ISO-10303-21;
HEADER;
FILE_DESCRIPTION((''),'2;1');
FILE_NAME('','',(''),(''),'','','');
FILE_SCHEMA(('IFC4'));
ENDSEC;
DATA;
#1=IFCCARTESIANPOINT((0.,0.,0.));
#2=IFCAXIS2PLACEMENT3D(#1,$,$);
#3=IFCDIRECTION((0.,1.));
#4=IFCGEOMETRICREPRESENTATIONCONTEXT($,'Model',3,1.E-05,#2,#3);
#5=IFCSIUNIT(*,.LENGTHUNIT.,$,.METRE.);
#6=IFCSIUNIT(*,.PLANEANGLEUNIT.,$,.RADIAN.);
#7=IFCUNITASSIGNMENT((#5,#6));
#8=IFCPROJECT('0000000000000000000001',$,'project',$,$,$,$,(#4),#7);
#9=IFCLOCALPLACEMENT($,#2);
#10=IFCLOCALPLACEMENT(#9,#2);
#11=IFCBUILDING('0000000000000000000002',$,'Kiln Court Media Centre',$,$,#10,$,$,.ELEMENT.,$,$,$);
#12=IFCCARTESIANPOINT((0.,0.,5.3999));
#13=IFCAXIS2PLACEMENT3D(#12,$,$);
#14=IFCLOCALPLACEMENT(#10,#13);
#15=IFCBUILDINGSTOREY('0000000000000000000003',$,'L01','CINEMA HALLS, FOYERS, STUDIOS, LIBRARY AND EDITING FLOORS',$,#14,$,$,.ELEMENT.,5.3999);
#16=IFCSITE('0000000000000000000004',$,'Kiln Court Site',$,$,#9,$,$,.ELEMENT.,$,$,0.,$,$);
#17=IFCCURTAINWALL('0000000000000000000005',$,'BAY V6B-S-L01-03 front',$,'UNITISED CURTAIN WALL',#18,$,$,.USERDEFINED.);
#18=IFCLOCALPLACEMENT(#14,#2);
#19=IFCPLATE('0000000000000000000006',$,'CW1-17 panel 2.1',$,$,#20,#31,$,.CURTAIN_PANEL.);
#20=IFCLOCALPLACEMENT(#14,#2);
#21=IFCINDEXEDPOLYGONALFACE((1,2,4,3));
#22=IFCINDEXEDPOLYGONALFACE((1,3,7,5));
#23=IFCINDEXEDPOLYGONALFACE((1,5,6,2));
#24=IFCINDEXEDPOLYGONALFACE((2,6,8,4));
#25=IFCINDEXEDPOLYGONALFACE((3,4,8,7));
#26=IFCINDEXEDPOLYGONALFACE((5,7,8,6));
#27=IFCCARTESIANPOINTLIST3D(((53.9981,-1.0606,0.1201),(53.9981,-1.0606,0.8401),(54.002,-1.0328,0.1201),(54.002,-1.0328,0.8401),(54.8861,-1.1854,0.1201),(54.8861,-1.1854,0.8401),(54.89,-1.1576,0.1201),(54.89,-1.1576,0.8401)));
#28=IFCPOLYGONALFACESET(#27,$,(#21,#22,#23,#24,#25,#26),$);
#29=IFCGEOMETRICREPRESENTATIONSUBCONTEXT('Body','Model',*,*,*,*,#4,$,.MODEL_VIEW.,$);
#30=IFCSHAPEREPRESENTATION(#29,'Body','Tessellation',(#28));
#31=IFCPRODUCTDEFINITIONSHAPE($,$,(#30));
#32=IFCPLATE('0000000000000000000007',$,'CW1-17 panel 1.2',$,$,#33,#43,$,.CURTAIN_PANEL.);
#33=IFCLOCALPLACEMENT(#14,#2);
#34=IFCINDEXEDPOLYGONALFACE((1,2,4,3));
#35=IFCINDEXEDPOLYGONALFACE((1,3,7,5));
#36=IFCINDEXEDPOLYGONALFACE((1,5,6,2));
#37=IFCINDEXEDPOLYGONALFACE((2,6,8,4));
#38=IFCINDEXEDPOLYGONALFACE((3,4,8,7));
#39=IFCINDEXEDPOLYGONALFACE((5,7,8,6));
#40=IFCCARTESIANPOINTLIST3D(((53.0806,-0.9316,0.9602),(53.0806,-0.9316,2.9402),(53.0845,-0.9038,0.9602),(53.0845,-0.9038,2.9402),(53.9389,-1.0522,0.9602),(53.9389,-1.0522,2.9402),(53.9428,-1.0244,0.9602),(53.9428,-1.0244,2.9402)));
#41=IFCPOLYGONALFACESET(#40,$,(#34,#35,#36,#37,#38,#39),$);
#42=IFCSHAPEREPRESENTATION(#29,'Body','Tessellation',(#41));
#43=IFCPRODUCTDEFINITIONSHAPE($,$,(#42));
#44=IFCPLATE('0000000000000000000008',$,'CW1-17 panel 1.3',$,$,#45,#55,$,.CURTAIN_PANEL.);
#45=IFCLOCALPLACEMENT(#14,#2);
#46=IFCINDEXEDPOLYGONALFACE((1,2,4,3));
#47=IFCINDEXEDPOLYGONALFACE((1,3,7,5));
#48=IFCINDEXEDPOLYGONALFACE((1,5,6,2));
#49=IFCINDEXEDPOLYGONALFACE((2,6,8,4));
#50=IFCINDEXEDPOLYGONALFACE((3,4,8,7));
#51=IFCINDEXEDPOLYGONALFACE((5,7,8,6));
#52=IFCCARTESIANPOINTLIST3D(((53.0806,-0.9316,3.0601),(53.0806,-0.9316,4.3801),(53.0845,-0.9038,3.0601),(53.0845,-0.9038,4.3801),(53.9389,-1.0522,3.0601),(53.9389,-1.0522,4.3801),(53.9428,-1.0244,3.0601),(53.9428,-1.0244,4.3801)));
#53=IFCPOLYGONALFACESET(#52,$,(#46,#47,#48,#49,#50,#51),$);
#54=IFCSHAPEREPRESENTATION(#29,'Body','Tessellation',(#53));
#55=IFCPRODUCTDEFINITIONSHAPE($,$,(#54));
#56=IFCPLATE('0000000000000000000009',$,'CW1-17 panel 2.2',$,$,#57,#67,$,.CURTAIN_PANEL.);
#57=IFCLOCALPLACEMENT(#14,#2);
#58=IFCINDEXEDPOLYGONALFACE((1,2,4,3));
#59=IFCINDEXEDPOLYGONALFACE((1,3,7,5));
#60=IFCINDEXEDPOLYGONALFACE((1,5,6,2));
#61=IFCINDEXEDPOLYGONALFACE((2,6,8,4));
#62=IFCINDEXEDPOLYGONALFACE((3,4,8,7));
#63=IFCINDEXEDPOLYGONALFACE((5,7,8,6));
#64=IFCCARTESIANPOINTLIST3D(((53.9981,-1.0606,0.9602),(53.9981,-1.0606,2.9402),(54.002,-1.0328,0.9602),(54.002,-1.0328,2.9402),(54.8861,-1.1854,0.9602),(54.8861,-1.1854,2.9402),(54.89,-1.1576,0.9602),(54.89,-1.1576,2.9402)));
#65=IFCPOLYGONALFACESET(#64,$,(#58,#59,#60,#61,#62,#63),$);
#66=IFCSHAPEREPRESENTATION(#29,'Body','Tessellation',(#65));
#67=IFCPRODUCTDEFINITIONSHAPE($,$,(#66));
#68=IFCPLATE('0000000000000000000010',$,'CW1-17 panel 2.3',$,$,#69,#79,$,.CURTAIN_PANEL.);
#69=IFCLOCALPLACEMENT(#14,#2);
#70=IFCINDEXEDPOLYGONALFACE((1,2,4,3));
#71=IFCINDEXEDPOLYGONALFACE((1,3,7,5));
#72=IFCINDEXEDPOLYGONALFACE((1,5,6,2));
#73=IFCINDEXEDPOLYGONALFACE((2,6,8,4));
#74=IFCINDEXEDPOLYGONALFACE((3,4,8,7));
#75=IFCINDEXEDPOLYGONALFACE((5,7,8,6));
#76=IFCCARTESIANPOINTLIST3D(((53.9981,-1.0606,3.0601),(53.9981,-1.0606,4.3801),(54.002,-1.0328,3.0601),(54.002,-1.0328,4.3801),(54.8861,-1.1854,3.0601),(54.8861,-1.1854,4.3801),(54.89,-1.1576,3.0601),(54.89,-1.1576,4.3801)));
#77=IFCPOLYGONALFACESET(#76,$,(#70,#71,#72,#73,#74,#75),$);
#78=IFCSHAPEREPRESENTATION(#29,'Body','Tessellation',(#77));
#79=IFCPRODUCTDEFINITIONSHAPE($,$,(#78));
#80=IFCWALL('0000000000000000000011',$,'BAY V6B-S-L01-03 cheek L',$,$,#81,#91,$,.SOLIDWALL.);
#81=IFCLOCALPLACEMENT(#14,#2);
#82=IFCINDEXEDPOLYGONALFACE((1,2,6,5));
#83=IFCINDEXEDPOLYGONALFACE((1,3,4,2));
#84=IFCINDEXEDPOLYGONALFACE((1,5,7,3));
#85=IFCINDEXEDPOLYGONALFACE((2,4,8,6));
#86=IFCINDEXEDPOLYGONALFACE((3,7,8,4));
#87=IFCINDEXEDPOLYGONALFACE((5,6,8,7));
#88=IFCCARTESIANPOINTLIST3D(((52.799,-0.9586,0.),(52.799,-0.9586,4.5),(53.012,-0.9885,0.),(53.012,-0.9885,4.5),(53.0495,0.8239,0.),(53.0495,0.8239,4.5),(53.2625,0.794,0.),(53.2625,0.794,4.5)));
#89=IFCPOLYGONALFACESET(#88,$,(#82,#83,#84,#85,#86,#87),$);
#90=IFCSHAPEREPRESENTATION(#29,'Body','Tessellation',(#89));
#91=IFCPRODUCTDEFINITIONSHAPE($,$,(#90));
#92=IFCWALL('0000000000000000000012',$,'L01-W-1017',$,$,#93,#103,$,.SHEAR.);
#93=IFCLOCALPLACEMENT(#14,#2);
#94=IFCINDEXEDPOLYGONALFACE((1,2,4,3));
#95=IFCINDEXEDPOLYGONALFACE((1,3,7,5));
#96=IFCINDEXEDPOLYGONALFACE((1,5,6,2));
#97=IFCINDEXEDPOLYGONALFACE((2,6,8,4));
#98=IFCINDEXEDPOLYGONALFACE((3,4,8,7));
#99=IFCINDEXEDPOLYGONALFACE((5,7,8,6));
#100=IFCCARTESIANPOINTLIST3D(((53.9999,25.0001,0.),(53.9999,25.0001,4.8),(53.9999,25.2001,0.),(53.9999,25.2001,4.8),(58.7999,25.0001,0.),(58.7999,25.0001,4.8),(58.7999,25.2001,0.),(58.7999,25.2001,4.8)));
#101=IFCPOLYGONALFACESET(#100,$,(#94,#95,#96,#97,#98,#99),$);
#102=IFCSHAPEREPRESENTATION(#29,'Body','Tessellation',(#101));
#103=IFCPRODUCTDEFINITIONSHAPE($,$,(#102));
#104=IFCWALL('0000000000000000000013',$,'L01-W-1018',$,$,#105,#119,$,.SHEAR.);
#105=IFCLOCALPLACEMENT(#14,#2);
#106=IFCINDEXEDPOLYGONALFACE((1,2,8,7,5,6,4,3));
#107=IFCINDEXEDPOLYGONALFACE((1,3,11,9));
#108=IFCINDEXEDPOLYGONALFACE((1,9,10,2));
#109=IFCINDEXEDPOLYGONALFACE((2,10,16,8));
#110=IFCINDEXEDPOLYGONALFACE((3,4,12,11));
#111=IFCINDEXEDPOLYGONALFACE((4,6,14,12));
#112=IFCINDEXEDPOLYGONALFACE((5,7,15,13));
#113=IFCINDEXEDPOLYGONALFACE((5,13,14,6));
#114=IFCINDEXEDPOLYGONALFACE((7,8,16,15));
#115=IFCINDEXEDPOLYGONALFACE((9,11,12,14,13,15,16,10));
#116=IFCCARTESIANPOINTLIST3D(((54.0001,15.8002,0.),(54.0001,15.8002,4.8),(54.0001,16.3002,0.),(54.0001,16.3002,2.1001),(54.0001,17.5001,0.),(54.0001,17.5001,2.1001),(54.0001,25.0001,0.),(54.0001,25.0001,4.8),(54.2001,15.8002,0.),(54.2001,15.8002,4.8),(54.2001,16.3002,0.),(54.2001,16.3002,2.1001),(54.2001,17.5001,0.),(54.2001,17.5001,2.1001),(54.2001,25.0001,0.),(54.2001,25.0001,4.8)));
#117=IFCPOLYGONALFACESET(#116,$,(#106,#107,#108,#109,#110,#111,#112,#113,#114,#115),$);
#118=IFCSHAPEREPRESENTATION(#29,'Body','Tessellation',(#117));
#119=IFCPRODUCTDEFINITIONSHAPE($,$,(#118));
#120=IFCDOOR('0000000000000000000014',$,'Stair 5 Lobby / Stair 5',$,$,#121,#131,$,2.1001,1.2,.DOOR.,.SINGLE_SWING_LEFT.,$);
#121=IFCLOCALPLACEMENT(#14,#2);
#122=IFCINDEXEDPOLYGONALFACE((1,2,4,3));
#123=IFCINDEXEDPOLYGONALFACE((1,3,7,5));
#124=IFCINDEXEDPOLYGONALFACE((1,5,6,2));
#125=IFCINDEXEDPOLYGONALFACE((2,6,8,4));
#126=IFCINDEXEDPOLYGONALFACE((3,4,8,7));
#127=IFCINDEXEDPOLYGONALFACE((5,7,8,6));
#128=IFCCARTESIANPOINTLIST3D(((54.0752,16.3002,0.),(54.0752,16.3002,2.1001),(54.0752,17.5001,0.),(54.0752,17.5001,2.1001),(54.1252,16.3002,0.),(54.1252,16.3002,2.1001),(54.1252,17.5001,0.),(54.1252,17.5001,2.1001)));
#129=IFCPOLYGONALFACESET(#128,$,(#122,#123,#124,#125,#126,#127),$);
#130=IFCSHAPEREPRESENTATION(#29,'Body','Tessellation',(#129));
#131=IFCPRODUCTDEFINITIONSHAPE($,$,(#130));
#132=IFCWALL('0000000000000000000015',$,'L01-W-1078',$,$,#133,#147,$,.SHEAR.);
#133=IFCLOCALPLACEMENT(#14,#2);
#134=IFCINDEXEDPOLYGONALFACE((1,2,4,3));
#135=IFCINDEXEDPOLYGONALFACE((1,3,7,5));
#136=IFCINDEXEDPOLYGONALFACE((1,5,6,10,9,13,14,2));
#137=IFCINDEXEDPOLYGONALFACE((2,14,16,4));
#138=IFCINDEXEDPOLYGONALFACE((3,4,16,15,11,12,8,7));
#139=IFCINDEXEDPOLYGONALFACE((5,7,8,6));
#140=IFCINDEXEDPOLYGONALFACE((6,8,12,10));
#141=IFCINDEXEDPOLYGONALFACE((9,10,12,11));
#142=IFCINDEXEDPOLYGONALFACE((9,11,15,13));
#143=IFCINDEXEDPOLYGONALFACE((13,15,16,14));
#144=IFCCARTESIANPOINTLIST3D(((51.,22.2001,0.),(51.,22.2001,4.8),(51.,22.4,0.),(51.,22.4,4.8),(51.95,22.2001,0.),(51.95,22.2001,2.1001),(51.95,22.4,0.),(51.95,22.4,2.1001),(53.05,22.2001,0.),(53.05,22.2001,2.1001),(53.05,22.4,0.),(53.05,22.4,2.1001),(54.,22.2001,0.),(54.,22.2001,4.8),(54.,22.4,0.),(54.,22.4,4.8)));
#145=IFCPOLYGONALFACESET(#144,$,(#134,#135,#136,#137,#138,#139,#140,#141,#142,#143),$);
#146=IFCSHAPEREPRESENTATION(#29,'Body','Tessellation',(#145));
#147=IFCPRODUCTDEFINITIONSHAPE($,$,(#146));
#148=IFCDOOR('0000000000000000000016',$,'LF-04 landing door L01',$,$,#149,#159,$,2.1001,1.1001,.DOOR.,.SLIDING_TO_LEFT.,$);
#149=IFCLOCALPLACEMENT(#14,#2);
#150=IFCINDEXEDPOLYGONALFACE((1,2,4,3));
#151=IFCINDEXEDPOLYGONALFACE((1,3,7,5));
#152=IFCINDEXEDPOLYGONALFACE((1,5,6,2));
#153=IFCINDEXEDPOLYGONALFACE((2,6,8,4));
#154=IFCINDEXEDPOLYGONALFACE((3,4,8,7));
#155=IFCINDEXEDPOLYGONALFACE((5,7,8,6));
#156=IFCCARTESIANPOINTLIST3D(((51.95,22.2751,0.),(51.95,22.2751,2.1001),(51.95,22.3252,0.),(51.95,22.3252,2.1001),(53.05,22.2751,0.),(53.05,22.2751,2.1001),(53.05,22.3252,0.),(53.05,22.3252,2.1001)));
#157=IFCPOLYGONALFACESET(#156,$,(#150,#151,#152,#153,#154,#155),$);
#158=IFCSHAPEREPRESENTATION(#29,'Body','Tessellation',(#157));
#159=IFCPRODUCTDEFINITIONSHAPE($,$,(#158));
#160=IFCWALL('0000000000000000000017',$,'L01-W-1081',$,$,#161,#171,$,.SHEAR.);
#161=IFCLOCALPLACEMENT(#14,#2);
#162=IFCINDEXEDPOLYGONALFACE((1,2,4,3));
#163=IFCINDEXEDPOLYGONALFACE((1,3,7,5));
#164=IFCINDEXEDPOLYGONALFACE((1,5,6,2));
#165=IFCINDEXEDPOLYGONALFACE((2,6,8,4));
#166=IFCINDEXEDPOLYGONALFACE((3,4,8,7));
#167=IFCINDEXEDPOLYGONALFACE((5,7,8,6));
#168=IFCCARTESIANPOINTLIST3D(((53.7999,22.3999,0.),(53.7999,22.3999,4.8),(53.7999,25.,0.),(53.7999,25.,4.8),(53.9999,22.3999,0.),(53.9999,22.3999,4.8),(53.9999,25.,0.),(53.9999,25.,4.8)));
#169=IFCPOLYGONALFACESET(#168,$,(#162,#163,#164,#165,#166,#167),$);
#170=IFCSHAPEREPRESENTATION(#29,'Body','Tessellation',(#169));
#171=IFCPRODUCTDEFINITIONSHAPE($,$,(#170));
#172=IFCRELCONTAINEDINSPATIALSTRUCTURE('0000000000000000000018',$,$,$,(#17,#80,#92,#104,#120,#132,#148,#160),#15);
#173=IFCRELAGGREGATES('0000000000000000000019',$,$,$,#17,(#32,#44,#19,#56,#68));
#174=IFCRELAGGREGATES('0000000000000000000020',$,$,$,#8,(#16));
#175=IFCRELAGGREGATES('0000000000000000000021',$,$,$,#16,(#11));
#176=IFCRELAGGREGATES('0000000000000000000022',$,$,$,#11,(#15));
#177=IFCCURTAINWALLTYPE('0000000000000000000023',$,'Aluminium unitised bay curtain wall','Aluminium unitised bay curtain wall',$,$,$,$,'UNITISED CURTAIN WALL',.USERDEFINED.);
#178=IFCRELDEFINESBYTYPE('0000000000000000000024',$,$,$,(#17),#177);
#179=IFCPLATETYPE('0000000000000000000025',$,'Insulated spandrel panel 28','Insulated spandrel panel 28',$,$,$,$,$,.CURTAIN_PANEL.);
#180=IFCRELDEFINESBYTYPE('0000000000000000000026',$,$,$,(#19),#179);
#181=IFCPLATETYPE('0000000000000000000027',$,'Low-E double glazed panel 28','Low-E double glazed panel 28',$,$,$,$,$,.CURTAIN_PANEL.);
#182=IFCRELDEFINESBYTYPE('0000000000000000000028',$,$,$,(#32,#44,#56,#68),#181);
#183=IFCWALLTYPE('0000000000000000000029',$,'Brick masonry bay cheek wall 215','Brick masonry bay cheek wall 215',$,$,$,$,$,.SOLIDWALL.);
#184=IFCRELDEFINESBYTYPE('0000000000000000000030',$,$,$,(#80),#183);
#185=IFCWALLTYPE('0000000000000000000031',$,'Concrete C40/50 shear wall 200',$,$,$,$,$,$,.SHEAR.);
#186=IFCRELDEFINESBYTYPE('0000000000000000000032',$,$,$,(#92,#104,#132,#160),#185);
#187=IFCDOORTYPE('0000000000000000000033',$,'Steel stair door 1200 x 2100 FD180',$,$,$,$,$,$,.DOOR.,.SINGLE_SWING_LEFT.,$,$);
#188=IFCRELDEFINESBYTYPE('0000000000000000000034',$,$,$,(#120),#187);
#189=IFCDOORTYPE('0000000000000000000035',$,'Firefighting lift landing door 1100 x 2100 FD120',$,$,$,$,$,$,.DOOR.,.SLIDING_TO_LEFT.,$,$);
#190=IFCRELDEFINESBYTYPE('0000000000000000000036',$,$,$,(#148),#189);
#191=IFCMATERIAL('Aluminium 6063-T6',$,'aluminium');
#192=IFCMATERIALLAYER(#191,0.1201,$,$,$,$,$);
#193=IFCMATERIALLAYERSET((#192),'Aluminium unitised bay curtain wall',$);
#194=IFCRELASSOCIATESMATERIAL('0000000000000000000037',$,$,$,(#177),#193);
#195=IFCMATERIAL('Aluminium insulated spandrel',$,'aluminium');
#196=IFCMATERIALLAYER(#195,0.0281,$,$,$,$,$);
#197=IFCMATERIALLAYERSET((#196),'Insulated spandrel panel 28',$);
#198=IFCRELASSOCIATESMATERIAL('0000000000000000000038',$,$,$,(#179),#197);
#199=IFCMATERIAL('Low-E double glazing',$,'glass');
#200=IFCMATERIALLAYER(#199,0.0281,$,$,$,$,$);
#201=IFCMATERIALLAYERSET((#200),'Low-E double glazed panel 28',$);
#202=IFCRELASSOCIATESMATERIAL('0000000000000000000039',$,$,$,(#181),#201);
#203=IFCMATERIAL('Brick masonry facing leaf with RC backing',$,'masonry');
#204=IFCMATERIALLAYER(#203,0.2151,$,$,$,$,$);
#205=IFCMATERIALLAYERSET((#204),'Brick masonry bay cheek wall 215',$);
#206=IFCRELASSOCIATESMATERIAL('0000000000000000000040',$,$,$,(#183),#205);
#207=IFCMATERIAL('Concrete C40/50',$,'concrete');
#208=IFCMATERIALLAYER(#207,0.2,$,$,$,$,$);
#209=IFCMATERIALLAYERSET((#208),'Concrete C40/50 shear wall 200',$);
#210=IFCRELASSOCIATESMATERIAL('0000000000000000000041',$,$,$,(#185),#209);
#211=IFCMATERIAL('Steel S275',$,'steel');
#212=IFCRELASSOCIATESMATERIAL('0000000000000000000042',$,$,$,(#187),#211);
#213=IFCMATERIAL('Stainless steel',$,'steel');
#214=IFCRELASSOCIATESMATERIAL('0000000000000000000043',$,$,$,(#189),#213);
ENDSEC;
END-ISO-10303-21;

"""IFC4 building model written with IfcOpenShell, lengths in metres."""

from ifc_helpers import new_model, si_unit, direction, frame, frame_2d, origin, origin_2d, place, context, subcontext, project, spatial, rectangle, extrude, material, layer, layer_set, type_object, element, fill, aggregate, save


model = new_model("IFC4")

# Units and contexts
model_context = context("Model", 3, precision=1e-05, world=origin(), true_north=direction((0.0, 1.0)))
body_context = subcontext(model_context, "Body", "Model", "MODEL_VIEW")
ifc_project = project(units=[si_unit("LENGTHUNIT", "METRE"), si_unit("PLANEANGLEUNIT", "RADIAN")], contexts=[model_context])

# Site, building, storey
site_placement = place(None, origin())
site = spatial("IfcSite", under=ifc_project, at=site_placement, Name="Kiln Court Site", CompositionType="ELEMENT", RefElevation=0.0)
building_placement = place(site_placement, origin())
building = spatial("IfcBuilding", under=site, at=building_placement, Name="Kiln Court Media Centre", CompositionType="ELEMENT")
storey_placement = place(building_placement, frame((0.0, 0.0, 5.3999)))
storey = spatial("IfcBuildingStorey", under=building, at=storey_placement, Name="L01", Description="CINEMA HALLS, FOYERS, STUDIOS, LIBRARY AND EDITING FLOORS", CompositionType="ELEMENT", Elevation=5.3999)

# Curtain wall
ifc_material_1 = material(Name="Aluminium 6063-T6", Category="aluminium")
ifc_layer_1 = layer(ifc_material_1, 0.1201)
ifc_layer_set_1 = layer_set([ifc_layer_1], Name="Aluminium unitised bay curtain wall")
curtain_wall_type = type_object("IfcCurtainWallType", Name="Aluminium unitised bay curtain wall", Description="Aluminium unitised bay curtain wall", ElementType="UNITISED CURTAIN WALL", PredefinedType="USERDEFINED", material=ifc_layer_set_1)
curtain_wall_placement = place(storey_placement, origin())
curtain_wall = element("IfcCurtainWall", 1, at=curtain_wall_placement, inside=storey, type_object=curtain_wall_type, Name="BAY V6B-S-L01-03 front", ObjectType="UNITISED CURTAIN WALL", PredefinedType="USERDEFINED")

# Plates
ifc_material_2 = material(Name="Aluminium insulated spandrel", Category="aluminium")
ifc_layer_2 = layer(ifc_material_2, 0.0281)
ifc_layer_set_2 = layer_set([ifc_layer_2], Name="Insulated spandrel panel 28")
plate_type_1 = type_object("IfcPlateType", Name="Insulated spandrel panel 28", Description="Insulated spandrel panel 28", PredefinedType="CURTAIN_PANEL", material=ifc_layer_set_2)
plate_1_placement = place(storey_placement, frame((54.4441, -1.1091, 0.1201), z_axis=(0.0, 0.0, 1.0), x_axis=(0.99027, -0.139162, 0.0)))
plate_1 = element("IfcPlate", 2, at=plate_1_placement, type_object=plate_type_1, Name="CW1-17 panel 2.1", PredefinedType="CURTAIN_PANEL", context=body_context, shape_type="SweptSolid", body=[
    extrude(rectangle(XDim=0.8967, YDim=0.0281, at=origin_2d()), origin(), (0.0, 0.0, 1.0), 0.72),
])
ifc_material_3 = material(Name="Low-E double glazing", Category="glass")
ifc_layer_3 = layer(ifc_material_3, 0.0281)
ifc_layer_set_3 = layer_set([ifc_layer_3], Name="Low-E double glazed panel 28")
plate_type_2 = type_object("IfcPlateType", Name="Low-E double glazed panel 28", Description="Low-E double glazed panel 28", PredefinedType="CURTAIN_PANEL", material=ifc_layer_set_3)
plate_2_placement = place(storey_placement, frame((53.5117, -0.978, 0.9602), z_axis=(0.0, 0.0, 1.0), x_axis=(0.99027, -0.139162, 0.0)))
plate_2 = element("IfcPlate", 3, at=plate_2_placement, type_object=plate_type_2, Name="CW1-17 panel 1.2", PredefinedType="CURTAIN_PANEL", context=body_context, shape_type="SweptSolid", body=[
    extrude(rectangle(XDim=0.8667, YDim=0.0281, at=origin_2d()), origin(), (0.0, 0.0, 1.0), 1.98),
])
plate_3_placement = place(storey_placement, frame((53.5117, -0.978, 3.0601), z_axis=(0.0, 0.0, 1.0), x_axis=(0.99027, -0.139162, 0.0)))
plate_3 = element("IfcPlate", 4, at=plate_3_placement, type_object=plate_type_2, Name="CW1-17 panel 1.3", PredefinedType="CURTAIN_PANEL", context=body_context, shape_type="SweptSolid", body=[
    extrude(rectangle(XDim=0.8667, YDim=0.0281, at=origin_2d()), origin(), (0.0, 0.0, 1.0), 1.3201),
])
plate_4_placement = place(storey_placement, frame((54.4441, -1.1091, 0.9602), z_axis=(0.0, 0.0, 1.0), x_axis=(0.99027, -0.139162, 0.0)))
plate_4 = element("IfcPlate", 5, at=plate_4_placement, type_object=plate_type_2, Name="CW1-17 panel 2.2", PredefinedType="CURTAIN_PANEL", context=body_context, shape_type="SweptSolid", body=[
    extrude(rectangle(XDim=0.8967, YDim=0.0281, at=origin_2d()), origin(), (0.0, 0.0, 1.0), 1.98),
])
plate_5_placement = place(storey_placement, frame((54.4441, -1.1091, 3.0601), z_axis=(0.0, 0.0, 1.0), x_axis=(0.99027, -0.139162, 0.0)))
plate_5 = element("IfcPlate", 6, at=plate_5_placement, type_object=plate_type_2, Name="CW1-17 panel 2.3", PredefinedType="CURTAIN_PANEL", context=body_context, shape_type="SweptSolid", body=[
    extrude(rectangle(XDim=0.8967, YDim=0.0281, at=origin_2d()), origin(), (0.0, 0.0, 1.0), 1.3201),
])
aggregate(curtain_wall, [plate_2, plate_3, plate_1, plate_4, plate_5])

# Walls
ifc_material_4 = material(Name="Brick masonry facing leaf with RC backing", Category="masonry")
ifc_layer_4 = layer(ifc_material_4, 0.2151)
ifc_layer_set_4 = layer_set([ifc_layer_4], Name="Brick masonry bay cheek wall 215")
wall_type_1 = type_object("IfcWallType", Name="Brick masonry bay cheek wall 215", Description="Brick masonry bay cheek wall 215", PredefinedType="SOLIDWALL", material=ifc_layer_set_4)
wall_1_placement = place(storey_placement, frame((53.156, 0.8088, 0.0), z_axis=(0.0, 0.0, 1.0), x_axis=(-0.139161, -0.99027, 0.0)))
element("IfcWall", 7, at=wall_1_placement, inside=storey, type_object=wall_type_1, Name="BAY V6B-S-L01-03 cheek L", PredefinedType="SOLIDWALL", context=body_context, shape_type="SweptSolid", body=[
    extrude(rectangle(XDim=1.8, YDim=0.2151, at=frame_2d((0.8999, 0.0))), origin(), (0.0, 0.0, 1.0), 4.5),
])
ifc_material_5 = material(Name="Concrete C40/50", Category="concrete")
ifc_layer_5 = layer(ifc_material_5, 0.2)
ifc_layer_set_5 = layer_set([ifc_layer_5], Name="Concrete C40/50 shear wall 200")
wall_type_2 = type_object("IfcWallType", Name="Concrete C40/50 shear wall 200", PredefinedType="SHEAR", material=ifc_layer_set_5)
wall_2_placement = place(storey_placement, frame((54.0, 25.1001, 0.0), z_axis=(0.0, 0.0, 1.0), x_axis=(1.0, 0.0, 0.0)))
element("IfcWall", 8, at=wall_2_placement, inside=storey, type_object=wall_type_2, Name="L01-W-1017", PredefinedType="SHEAR", context=body_context, shape_type="SweptSolid", body=[
    extrude(rectangle(XDim=4.8, YDim=0.2, at=frame_2d((2.3999, 0.0))), origin(), (0.0, 0.0, 1.0), 4.8),
])

# Walls, openings, doors
wall_3_placement = place(storey_placement, frame((54.1001, 15.8, 0.0), z_axis=(0.0, 0.0, 1.0), x_axis=(0.0, 1.0, 0.0)))
wall_3 = element("IfcWall", 9, at=wall_3_placement, inside=storey, type_object=wall_type_2, Name="L01-W-1018", PredefinedType="SHEAR", context=body_context, shape_type="SweptSolid", body=[
    extrude(rectangle(XDim=9.2, YDim=0.2, at=frame_2d((4.6001, 0.0))), origin(), (0.0, 0.0, 1.0), 4.8),
])
opening_1_placement = place(wall_3_placement, frame((0.5, 0.0, 0.0)))
opening_1 = element("IfcOpeningElement", 10, at=opening_1_placement, cuts=wall_3, PredefinedType="OPENING", context=body_context, shape_type="SweptSolid", body=[
    extrude(rectangle(XDim=1.2, YDim=2.1001, at=frame_2d((0.6001, 1.05))), frame((0.0, 0.1099, 0.0), z_axis=(0.0, -1.0, 0.0), x_axis=(1.0, 0.0, 0.0)), (0.0, 0.0, 1.0), 0.22),
])
ifc_material_6 = material(Name="Steel S275", Category="steel")
door_type_1 = type_object("IfcDoorType", Name="Steel stair door 1200 x 2100 FD180", OperationType="SINGLE_SWING_LEFT", PredefinedType="DOOR", material=ifc_material_6)
door_1_placement = place(opening_1_placement, origin())
door_1 = element("IfcDoor", 11, at=door_1_placement, inside=storey, type_object=door_type_1, Name="Stair 5 Lobby / Stair 5", OperationType="SINGLE_SWING_LEFT", OverallHeight=2.1001, OverallWidth=1.2, PredefinedType="DOOR", context=body_context, shape_type="SweptSolid", body=[
    extrude(rectangle(XDim=1.2, YDim=2.1001, at=frame_2d((0.6001, 1.05))), frame((0.0, 0.0249, 0.0), z_axis=(0.0, -1.0, 0.0), x_axis=(1.0, 0.0, 0.0)), (0.0, 0.0, 1.0), 0.05),
])
fill(opening_1, door_1)
wall_4_placement = place(storey_placement, frame((54.0, 22.3, 0.0), z_axis=(0.0, 0.0, 1.0), x_axis=(-1.0, 0.0, 0.0)))
wall_4 = element("IfcWall", 12, at=wall_4_placement, inside=storey, type_object=wall_type_2, Name="L01-W-1078", PredefinedType="SHEAR", context=body_context, shape_type="SweptSolid", body=[
    extrude(rectangle(XDim=3.0, YDim=0.2, at=frame_2d((1.5, 0.0))), origin(), (0.0, 0.0, 1.0), 4.8),
])
opening_2_placement = place(wall_4_placement, frame((0.95, 0.0, 0.0)))
opening_2 = element("IfcOpeningElement", 13, at=opening_2_placement, cuts=wall_4, PredefinedType="OPENING", context=body_context, shape_type="SweptSolid", body=[
    extrude(rectangle(XDim=1.1001, YDim=2.1001, at=frame_2d((0.55, 1.05))), frame((0.0, 0.1099, 0.0), z_axis=(0.0, -1.0, 0.0), x_axis=(1.0, 0.0, 0.0)), (0.0, 0.0, 1.0), 0.22),
])
ifc_material_7 = material(Name="Stainless steel", Category="steel")
door_type_2 = type_object("IfcDoorType", Name="Firefighting lift landing door 1100 x 2100 FD120", OperationType="SLIDING_TO_LEFT", PredefinedType="DOOR", material=ifc_material_7)
door_2_placement = place(opening_2_placement, origin())
door_2 = element("IfcDoor", 14, at=door_2_placement, inside=storey, type_object=door_type_2, Name="LF-04 landing door L01", OperationType="SLIDING_TO_LEFT", OverallHeight=2.1001, OverallWidth=1.1001, PredefinedType="DOOR", context=body_context, shape_type="SweptSolid", body=[
    extrude(rectangle(XDim=1.1001, YDim=2.1001, at=frame_2d((0.55, 1.05))), frame((0.0, 0.0249, 0.0), z_axis=(0.0, -1.0, 0.0), x_axis=(1.0, 0.0, 0.0)), (0.0, 0.0, 1.0), 0.05),
])
fill(opening_2, door_2)

# Wall
wall_5_placement = place(storey_placement, frame((53.8999, 25.0, 0.0), z_axis=(0.0, 0.0, 1.0), x_axis=(0.0, -1.0, 0.0)))
element("IfcWall", 15, at=wall_5_placement, inside=storey, type_object=wall_type_2, Name="L01-W-1081", PredefinedType="SHEAR", context=body_context, shape_type="SweptSolid", body=[
    extrude(rectangle(XDim=2.6001, YDim=0.2, at=frame_2d((1.3, 0.0))), origin(), (0.0, 0.0, 1.0), 4.8),
])

save(model, "model.ifc")
